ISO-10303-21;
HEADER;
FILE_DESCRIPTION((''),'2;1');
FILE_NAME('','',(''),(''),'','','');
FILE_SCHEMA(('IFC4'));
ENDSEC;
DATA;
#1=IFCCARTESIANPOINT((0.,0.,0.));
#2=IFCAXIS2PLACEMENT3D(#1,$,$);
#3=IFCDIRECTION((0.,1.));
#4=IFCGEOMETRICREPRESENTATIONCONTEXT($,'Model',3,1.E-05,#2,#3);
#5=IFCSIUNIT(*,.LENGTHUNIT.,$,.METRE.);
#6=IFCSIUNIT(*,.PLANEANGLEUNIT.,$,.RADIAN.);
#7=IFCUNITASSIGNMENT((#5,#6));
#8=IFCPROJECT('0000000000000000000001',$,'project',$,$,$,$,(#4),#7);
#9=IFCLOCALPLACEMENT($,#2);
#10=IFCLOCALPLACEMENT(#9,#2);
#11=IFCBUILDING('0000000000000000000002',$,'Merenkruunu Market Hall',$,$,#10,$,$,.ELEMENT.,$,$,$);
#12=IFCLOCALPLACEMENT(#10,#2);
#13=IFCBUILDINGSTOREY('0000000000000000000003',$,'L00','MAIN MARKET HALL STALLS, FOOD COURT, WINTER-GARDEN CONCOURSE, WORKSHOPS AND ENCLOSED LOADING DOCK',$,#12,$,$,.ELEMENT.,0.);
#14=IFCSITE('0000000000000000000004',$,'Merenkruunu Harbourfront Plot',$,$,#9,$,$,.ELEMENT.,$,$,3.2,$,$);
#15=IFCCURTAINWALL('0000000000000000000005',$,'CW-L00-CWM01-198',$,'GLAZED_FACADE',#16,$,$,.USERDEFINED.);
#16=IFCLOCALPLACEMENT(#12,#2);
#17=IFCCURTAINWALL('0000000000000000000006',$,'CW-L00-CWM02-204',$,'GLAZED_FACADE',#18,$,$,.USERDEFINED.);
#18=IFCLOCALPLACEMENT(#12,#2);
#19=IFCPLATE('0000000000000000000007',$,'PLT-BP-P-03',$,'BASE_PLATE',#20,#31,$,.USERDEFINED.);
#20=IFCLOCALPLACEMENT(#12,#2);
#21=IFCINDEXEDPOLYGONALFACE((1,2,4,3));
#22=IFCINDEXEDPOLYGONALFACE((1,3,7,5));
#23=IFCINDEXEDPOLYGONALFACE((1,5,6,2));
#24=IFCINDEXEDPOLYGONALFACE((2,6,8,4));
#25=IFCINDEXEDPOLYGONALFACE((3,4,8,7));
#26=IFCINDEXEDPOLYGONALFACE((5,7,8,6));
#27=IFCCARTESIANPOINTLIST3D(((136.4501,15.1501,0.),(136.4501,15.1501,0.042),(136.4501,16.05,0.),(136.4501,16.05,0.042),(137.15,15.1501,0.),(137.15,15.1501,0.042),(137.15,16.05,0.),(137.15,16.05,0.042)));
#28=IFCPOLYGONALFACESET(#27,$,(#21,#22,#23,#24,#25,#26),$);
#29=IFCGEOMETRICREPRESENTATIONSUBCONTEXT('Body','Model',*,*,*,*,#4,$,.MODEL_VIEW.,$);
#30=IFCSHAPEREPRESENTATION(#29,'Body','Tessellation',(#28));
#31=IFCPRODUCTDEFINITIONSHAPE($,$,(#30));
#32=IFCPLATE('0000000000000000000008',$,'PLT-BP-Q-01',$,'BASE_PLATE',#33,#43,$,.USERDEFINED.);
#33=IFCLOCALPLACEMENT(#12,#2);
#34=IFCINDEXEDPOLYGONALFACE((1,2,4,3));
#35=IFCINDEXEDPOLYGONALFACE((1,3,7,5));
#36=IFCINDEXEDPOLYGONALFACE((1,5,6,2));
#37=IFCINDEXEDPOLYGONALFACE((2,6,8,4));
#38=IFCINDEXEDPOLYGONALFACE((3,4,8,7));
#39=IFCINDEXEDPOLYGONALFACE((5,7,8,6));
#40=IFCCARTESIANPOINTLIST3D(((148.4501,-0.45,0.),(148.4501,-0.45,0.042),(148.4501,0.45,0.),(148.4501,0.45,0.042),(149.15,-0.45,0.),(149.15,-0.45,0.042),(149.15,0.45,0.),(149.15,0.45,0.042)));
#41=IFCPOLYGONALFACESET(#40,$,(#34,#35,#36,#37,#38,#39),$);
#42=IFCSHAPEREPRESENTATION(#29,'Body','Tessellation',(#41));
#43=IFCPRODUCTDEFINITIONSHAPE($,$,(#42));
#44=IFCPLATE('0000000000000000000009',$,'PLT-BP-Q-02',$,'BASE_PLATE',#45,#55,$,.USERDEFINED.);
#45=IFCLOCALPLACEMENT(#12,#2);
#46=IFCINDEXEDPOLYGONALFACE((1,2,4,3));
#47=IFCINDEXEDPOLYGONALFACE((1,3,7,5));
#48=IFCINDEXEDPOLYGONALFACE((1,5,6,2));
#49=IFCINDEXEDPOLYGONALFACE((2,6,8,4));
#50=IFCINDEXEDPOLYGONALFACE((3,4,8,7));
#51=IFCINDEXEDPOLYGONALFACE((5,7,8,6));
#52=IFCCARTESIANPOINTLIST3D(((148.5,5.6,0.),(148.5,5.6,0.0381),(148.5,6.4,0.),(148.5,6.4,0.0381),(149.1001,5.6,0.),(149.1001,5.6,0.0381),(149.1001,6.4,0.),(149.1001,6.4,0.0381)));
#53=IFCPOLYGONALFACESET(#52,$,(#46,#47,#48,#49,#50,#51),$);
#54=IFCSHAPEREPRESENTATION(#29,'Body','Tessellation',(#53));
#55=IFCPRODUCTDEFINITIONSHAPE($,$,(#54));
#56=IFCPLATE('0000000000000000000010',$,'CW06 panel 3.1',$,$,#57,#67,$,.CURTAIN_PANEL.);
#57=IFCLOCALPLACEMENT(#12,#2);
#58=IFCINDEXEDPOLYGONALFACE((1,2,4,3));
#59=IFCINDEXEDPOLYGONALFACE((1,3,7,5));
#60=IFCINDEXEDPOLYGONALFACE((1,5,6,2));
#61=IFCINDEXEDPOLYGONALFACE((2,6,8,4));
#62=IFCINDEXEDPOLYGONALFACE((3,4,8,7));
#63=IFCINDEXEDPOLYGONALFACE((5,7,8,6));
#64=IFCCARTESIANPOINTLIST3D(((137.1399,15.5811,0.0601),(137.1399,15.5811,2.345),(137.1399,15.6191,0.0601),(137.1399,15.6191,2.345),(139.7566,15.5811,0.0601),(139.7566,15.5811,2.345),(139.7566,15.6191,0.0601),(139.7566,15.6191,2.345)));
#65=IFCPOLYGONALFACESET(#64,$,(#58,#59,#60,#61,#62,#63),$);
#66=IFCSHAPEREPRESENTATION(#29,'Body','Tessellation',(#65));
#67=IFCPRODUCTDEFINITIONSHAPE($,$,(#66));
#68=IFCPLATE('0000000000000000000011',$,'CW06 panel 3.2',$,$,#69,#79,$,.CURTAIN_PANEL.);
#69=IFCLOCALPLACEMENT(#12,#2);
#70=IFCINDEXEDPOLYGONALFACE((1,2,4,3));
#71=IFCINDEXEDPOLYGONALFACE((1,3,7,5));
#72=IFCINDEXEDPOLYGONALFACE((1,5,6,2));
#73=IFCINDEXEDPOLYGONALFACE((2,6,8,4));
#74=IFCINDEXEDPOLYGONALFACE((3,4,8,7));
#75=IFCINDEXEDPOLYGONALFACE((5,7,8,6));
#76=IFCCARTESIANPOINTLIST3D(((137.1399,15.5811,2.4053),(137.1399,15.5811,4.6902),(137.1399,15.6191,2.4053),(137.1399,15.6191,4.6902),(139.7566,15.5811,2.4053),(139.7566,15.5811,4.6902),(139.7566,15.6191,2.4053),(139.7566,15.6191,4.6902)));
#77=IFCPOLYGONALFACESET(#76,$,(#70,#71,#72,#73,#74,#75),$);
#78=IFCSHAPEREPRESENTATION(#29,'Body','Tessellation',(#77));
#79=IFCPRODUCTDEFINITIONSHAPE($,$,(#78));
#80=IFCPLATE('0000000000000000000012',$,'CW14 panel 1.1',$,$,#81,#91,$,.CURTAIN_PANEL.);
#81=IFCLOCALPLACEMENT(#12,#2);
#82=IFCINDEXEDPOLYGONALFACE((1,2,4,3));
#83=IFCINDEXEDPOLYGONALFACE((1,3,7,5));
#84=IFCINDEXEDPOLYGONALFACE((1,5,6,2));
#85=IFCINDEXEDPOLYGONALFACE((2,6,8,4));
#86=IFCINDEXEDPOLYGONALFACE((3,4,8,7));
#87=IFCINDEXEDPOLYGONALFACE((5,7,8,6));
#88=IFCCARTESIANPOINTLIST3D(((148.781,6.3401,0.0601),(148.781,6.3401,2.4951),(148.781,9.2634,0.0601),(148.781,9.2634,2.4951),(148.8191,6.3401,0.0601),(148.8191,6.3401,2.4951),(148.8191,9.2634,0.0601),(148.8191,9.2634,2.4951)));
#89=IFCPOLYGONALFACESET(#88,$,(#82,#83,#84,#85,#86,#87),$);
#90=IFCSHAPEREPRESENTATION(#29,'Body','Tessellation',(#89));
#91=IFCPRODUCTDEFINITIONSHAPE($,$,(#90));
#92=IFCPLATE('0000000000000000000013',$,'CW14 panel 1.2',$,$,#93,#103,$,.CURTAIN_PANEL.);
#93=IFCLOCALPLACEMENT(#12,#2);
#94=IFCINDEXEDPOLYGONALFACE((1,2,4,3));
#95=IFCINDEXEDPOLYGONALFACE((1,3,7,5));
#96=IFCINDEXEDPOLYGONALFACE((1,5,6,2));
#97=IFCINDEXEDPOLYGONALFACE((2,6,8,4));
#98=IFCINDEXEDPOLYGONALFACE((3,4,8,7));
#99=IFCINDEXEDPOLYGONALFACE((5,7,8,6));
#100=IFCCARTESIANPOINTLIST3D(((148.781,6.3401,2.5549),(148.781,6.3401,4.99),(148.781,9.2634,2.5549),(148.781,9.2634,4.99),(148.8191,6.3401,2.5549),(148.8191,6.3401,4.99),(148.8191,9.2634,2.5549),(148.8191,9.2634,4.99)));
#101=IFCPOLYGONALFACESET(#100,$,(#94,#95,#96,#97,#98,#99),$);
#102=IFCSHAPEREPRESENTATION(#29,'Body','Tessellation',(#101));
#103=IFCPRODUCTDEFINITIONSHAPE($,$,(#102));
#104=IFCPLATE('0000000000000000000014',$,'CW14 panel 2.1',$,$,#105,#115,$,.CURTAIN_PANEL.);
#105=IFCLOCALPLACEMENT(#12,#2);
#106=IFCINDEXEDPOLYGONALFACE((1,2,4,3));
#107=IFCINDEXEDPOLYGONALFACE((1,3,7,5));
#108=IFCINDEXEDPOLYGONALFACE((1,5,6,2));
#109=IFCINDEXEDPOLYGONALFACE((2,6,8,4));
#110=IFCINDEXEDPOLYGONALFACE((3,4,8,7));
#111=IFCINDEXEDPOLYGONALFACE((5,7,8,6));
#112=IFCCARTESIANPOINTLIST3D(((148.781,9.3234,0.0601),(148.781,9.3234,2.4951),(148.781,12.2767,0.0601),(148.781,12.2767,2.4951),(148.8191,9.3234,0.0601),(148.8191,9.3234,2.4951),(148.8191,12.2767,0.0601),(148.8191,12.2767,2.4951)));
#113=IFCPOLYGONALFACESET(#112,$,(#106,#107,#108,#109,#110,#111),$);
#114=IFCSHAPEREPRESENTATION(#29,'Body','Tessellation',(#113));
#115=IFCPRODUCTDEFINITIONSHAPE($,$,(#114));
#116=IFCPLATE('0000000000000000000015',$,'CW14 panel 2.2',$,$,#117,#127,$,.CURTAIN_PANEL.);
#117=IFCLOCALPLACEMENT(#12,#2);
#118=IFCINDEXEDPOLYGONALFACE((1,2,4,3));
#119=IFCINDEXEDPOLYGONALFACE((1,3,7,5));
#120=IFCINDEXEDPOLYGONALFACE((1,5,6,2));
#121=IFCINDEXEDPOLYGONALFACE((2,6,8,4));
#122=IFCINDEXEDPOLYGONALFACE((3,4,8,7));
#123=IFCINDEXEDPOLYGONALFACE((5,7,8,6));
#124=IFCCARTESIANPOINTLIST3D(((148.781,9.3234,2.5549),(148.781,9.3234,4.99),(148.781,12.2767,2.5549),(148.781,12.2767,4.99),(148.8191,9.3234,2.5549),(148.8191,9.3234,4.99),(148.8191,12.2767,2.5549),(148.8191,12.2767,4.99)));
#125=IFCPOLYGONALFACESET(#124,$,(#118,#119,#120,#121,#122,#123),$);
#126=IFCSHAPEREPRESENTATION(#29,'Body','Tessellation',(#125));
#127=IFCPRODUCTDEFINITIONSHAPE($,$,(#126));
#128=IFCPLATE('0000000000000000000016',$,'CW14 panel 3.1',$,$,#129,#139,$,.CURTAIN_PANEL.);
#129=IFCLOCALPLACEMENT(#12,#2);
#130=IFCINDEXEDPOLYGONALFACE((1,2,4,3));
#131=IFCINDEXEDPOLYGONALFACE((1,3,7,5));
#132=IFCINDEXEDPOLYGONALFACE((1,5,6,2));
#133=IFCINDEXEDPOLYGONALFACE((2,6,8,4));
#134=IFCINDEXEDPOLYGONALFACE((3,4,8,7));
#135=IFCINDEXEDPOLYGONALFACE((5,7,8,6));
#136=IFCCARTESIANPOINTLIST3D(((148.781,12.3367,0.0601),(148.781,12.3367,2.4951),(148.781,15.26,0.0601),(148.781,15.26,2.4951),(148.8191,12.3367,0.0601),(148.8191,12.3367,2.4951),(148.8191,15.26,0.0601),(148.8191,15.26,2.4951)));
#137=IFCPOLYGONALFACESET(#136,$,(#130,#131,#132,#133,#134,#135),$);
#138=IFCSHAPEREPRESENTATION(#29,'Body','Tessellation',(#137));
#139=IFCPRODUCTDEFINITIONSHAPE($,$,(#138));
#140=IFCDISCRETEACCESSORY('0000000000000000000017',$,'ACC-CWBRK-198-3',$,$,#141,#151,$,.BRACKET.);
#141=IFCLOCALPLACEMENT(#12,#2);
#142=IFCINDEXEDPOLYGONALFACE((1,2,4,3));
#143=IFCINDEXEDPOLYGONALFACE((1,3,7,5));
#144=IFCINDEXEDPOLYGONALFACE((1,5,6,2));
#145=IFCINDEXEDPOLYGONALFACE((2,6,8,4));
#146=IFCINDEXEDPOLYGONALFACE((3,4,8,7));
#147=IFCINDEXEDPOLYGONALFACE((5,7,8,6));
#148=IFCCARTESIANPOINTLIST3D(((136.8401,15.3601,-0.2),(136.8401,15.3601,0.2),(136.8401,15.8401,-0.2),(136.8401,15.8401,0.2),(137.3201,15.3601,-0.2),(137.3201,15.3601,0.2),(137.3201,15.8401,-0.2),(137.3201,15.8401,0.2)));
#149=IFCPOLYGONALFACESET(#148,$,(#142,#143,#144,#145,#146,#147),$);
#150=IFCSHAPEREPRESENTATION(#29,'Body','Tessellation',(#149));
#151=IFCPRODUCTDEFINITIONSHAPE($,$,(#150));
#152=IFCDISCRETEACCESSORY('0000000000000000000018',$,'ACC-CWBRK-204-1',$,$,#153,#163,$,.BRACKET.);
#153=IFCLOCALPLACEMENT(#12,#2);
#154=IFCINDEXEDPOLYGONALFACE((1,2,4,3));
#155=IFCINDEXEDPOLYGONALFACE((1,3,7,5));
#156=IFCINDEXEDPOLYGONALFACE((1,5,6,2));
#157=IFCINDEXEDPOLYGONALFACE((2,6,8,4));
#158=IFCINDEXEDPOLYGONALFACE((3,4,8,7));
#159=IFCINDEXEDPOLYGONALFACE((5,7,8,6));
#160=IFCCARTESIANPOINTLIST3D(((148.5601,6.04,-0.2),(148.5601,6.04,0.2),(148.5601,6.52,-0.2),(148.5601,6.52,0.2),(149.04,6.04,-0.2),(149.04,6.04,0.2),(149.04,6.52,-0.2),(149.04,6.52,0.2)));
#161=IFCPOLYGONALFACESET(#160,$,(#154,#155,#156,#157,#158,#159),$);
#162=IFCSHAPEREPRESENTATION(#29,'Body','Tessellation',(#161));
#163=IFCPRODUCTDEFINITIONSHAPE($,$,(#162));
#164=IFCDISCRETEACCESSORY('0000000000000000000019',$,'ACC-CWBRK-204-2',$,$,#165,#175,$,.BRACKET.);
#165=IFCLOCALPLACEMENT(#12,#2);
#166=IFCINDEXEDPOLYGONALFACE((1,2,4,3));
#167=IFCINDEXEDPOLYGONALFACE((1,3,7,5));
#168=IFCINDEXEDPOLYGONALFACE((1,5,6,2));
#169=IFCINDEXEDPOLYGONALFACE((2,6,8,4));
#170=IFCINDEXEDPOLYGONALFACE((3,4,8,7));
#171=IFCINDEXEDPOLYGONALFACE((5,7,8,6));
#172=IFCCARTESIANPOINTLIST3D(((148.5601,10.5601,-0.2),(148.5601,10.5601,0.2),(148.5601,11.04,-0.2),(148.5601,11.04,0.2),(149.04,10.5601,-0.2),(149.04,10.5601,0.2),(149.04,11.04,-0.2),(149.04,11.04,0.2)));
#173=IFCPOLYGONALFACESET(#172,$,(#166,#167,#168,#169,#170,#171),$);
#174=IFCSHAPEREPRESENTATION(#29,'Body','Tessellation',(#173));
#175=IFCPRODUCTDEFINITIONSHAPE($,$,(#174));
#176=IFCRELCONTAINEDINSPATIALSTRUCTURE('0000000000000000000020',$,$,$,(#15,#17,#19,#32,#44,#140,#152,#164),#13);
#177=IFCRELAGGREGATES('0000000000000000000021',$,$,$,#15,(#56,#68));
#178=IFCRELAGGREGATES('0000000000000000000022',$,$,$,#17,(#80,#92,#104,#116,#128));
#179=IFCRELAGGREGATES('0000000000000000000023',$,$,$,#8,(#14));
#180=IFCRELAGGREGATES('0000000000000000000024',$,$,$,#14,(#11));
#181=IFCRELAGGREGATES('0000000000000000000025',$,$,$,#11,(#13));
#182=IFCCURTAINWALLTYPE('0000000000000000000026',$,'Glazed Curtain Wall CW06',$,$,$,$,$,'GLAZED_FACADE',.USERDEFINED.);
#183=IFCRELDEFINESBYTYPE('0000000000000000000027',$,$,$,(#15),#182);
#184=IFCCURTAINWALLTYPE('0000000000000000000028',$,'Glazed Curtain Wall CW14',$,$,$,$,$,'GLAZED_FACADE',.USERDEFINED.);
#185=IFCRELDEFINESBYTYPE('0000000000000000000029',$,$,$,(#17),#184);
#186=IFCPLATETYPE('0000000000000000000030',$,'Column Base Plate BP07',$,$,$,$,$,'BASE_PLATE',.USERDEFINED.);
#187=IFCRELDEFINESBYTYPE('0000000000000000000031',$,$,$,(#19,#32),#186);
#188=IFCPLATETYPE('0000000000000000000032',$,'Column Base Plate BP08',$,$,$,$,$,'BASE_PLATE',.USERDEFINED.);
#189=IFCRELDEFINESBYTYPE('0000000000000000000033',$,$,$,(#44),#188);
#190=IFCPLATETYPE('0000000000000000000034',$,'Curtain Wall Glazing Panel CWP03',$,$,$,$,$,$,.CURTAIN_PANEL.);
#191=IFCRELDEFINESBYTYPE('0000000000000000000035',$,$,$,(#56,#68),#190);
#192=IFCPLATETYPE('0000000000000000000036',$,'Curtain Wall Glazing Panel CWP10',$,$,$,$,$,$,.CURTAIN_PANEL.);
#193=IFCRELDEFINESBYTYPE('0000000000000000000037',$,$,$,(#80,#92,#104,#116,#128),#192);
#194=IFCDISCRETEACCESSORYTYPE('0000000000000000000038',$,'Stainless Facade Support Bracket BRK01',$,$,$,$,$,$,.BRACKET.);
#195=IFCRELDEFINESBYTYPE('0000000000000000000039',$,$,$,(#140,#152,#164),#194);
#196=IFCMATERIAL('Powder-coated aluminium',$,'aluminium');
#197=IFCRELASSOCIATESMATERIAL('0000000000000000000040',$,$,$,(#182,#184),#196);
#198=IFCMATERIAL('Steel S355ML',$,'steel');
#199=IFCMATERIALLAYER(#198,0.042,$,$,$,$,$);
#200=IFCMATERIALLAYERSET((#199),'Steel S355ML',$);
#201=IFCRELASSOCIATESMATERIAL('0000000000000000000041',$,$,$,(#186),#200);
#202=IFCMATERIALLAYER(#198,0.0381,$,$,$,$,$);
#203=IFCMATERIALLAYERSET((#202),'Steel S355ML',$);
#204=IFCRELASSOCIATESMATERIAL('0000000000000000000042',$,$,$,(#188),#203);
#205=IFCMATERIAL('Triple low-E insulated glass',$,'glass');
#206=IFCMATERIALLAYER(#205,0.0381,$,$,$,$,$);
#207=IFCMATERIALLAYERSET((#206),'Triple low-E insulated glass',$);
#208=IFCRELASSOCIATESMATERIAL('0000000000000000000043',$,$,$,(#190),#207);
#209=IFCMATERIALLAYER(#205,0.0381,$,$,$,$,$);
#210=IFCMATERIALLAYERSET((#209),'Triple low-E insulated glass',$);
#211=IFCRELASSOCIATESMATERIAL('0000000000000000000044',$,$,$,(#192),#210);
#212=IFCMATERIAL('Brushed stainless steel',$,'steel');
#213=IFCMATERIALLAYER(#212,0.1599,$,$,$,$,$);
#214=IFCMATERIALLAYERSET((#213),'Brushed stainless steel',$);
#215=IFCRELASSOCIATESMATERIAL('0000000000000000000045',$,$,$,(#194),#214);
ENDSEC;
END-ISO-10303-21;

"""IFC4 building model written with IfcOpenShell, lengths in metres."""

from ifc_helpers import new_model, si_unit, direction, frame, origin, origin_2d, place, context, subcontext, project, spatial, rectangle, extrude, material, layer, layer_set, type_object, element, aggregate, save


model = new_model("IFC4")

# Units and contexts
model_context = context("Model", 3, precision=1e-05, world=origin(), true_north=direction((0.0, 1.0)))
body_context = subcontext(model_context, "Body", "Model", "MODEL_VIEW")
ifc_project = project(units=[si_unit("LENGTHUNIT", "METRE"), si_unit("PLANEANGLEUNIT", "RADIAN")], contexts=[model_context])

# Site, building, storey
site_placement = place(None, origin())
site = spatial("IfcSite", under=ifc_project, at=site_placement, Name="Merenkruunu Harbourfront Plot", CompositionType="ELEMENT", RefElevation=3.2)
building_placement = place(site_placement, origin())
building = spatial("IfcBuilding", under=site, at=building_placement, Name="Merenkruunu Market Hall", CompositionType="ELEMENT")
storey_placement = place(building_placement, origin())
storey = spatial("IfcBuildingStorey", under=building, at=storey_placement, Name="L00", Description="MAIN MARKET HALL STALLS, FOOD COURT, WINTER-GARDEN CONCOURSE, WORKSHOPS AND ENCLOSED LOADING DOCK", CompositionType="ELEMENT", Elevation=0.0)

# Curtain wall
ifc_material_1 = material(Name="Powder-coated aluminium", Category="aluminium")
curtain_wall_type_1 = type_object("IfcCurtainWallType", Name="Glazed Curtain Wall CW06", ElementType="GLAZED_FACADE", PredefinedType="USERDEFINED", material=ifc_material_1)
curtain_wall_1_placement = place(storey_placement, origin())
curtain_wall_1 = element("IfcCurtainWall", 1, at=curtain_wall_1_placement, inside=storey, type_object=curtain_wall_type_1, Name="CW-L00-CWM01-198", ObjectType="GLAZED_FACADE", PredefinedType="USERDEFINED")

# Curtain wall
curtain_wall_type_2 = type_object("IfcCurtainWallType", Name="Glazed Curtain Wall CW14", ElementType="GLAZED_FACADE", PredefinedType="USERDEFINED", material=ifc_material_1)
curtain_wall_2_placement = place(storey_placement, origin())
curtain_wall_2 = element("IfcCurtainWall", 2, at=curtain_wall_2_placement, inside=storey, type_object=curtain_wall_type_2, Name="CW-L00-CWM02-204", ObjectType="GLAZED_FACADE", PredefinedType="USERDEFINED")

# Shared definitions
ifc_material_2 = material(Name="Steel S355ML", Category="steel")

# Plates
ifc_layer_1 = layer(ifc_material_2, 0.042)
ifc_layer_set_1 = layer_set([ifc_layer_1], Name="Steel S355ML")
plate_type_1 = type_object("IfcPlateType", Name="Column Base Plate BP07", ElementType="BASE_PLATE", PredefinedType="USERDEFINED", material=ifc_layer_set_1)
for number, where, z_axis, x_axis, name in (
    (3, (136.8, 15.6001, 0.0), (0.0, 0.0, 1.0), (1.0, 0.0, 0.0), "PLT-BP-P-03"),
    (4, (148.8, 0.0, 0.0), (0.0, 0.0, 1.0), (1.0, 0.0, 0.0), "PLT-BP-Q-01"),
):
    element("IfcPlate", number, at=place(storey_placement, frame(where, z_axis=z_axis, x_axis=x_axis)), inside=storey, type_object=plate_type_1, Name=name, ObjectType="BASE_PLATE", PredefinedType="USERDEFINED", context=body_context, shape_type="SweptSolid", body=[
        extrude(rectangle(XDim=0.7, YDim=0.8999, at=origin_2d()), origin(), (0.0, 0.0, 1.0), 0.042),
    ])
ifc_layer_2 = layer(ifc_material_2, 0.0381)
ifc_layer_set_2 = layer_set([ifc_layer_2], Name="Steel S355ML")
plate_type_2 = type_object("IfcPlateType", Name="Column Base Plate BP08", ElementType="BASE_PLATE", PredefinedType="USERDEFINED", material=ifc_layer_set_2)
plate_1_placement = place(storey_placement, frame((148.8, 6.0, 0.0), z_axis=(0.0, 0.0, 1.0), x_axis=(1.0, 0.0, 0.0)))
element("IfcPlate", 5, at=plate_1_placement, inside=storey, type_object=plate_type_2, Name="PLT-BP-Q-02", ObjectType="BASE_PLATE", PredefinedType="USERDEFINED", context=body_context, shape_type="SweptSolid", body=[
    extrude(rectangle(XDim=0.6001, YDim=0.8, at=origin_2d()), origin(), (0.0, 0.0, 1.0), 0.0381),
])

# Plates
ifc_material_3 = material(Name="Triple low-E insulated glass", Category="glass")
ifc_layer_3 = layer(ifc_material_3, 0.0381)
ifc_layer_set_3 = layer_set([ifc_layer_3], Name="Triple low-E insulated glass")
plate_type_3 = type_object("IfcPlateType", Name="Curtain Wall Glazing Panel CWP03", PredefinedType="CURTAIN_PANEL", material=ifc_layer_set_3)
plate_2_placement = place(storey_placement, frame((138.4482, 15.6001, 0.0601), z_axis=(0.0, 0.0, 1.0), x_axis=(-1.0, 0.0, 0.0)))
plate_2 = element("IfcPlate", 6, at=plate_2_placement, type_object=plate_type_3, Name="CW06 panel 3.1", PredefinedType="CURTAIN_PANEL", context=body_context, shape_type="SweptSolid", body=[
    extrude(rectangle(XDim=2.6167, YDim=0.0381, at=origin_2d()), origin(), (0.0, 0.0, 1.0), 2.2849),
])
plate_3_placement = place(storey_placement, frame((138.4482, 15.6001, 2.4053), z_axis=(0.0, 0.0, 1.0), x_axis=(-1.0, 0.0, 0.0)))
plate_3 = element("IfcPlate", 7, at=plate_3_placement, type_object=plate_type_3, Name="CW06 panel 3.2", PredefinedType="CURTAIN_PANEL", context=body_context, shape_type="SweptSolid", body=[
    extrude(rectangle(XDim=2.6167, YDim=0.0381, at=origin_2d()), origin(), (0.0, 0.0, 1.0), 2.2849),
])
aggregate(curtain_wall_1, [plate_2, plate_3])
ifc_layer_4 = layer(ifc_material_3, 0.0381)
ifc_layer_set_4 = layer_set([ifc_layer_4], Name="Triple low-E insulated glass")
plate_type_4 = type_object("IfcPlateType", Name="Curtain Wall Glazing Panel CWP10", PredefinedType="CURTAIN_PANEL", material=ifc_layer_set_4)
plate_4_placement = place(storey_placement, frame((148.8, 7.8018, 0.0601), z_axis=(0.0, 0.0, 1.0), x_axis=(0.0, 1.0, 0.0)))
plate_4 = element("IfcPlate", 8, at=plate_4_placement, type_object=plate_type_4, Name="CW14 panel 1.1", PredefinedType="CURTAIN_PANEL", context=body_context, shape_type="SweptSolid", body=[
    extrude(rectangle(XDim=2.9233, YDim=0.0381, at=origin_2d()), origin(), (0.0, 0.0, 1.0), 2.4351),
])
plate_5_placement = place(storey_placement, frame((148.8, 7.8018, 2.5549), z_axis=(0.0, 0.0, 1.0), x_axis=(0.0, 1.0, 0.0)))
plate_5 = element("IfcPlate", 9, at=plate_5_placement, type_object=plate_type_4, Name="CW14 panel 1.2", PredefinedType="CURTAIN_PANEL", context=body_context, shape_type="SweptSolid", body=[
    extrude(rectangle(XDim=2.9233, YDim=0.0381, at=origin_2d()), origin(), (0.0, 0.0, 1.0), 2.4351),
])
plate_6_placement = place(storey_placement, frame((148.8, 10.8, 0.0601), z_axis=(0.0, 0.0, 1.0), x_axis=(0.0, 1.0, 0.0)))
plate_6 = element("IfcPlate", 10, at=plate_6_placement, type_object=plate_type_4, Name="CW14 panel 2.1", PredefinedType="CURTAIN_PANEL", context=body_context, shape_type="SweptSolid", body=[
    extrude(rectangle(XDim=2.9534, YDim=0.0381, at=origin_2d()), origin(), (0.0, 0.0, 1.0), 2.4351),
])
plate_7_placement = place(storey_placement, frame((148.8, 10.8, 2.5549), z_axis=(0.0, 0.0, 1.0), x_axis=(0.0, 1.0, 0.0)))
plate_7 = element("IfcPlate", 11, at=plate_7_placement, type_object=plate_type_4, Name="CW14 panel 2.2", PredefinedType="CURTAIN_PANEL", context=body_context, shape_type="SweptSolid", body=[
    extrude(rectangle(XDim=2.9534, YDim=0.0381, at=origin_2d()), origin(), (0.0, 0.0, 1.0), 2.4351),
])
plate_8_placement = place(storey_placement, frame((148.8, 13.7983, 0.0601), z_axis=(0.0, 0.0, 1.0), x_axis=(0.0, 1.0, 0.0)))
plate_8 = element("IfcPlate", 12, at=plate_8_placement, type_object=plate_type_4, Name="CW14 panel 3.1", PredefinedType="CURTAIN_PANEL", context=body_context, shape_type="SweptSolid", body=[
    extrude(rectangle(XDim=2.9233, YDim=0.0381, at=origin_2d()), origin(), (0.0, 0.0, 1.0), 2.4351),
])
aggregate(curtain_wall_2, [plate_4, plate_5, plate_6, plate_7, plate_8])

# Discrete accessories
ifc_material_4 = material(Name="Brushed stainless steel", Category="steel")
ifc_layer_5 = layer(ifc_material_4, 0.1599)
ifc_layer_set_5 = layer_set([ifc_layer_5], Name="Brushed stainless steel")
discrete_accessory_type = type_object("IfcDiscreteAccessoryType", Name="Stainless Facade Support Bracket BRK01", PredefinedType="BRACKET", material=ifc_layer_set_5)
for number, where, z_axis, x_axis, name in (
    (13, (137.0801, 15.6001, -0.2), (0.0, 0.0, 1.0), (1.0, 0.0, 0.0), "ACC-CWBRK-198-3"),
    (14, (148.8, 6.28, -0.2), (0.0, 0.0, 1.0), (1.0, 0.0, 0.0), "ACC-CWBRK-204-1"),
    (15, (148.8, 10.8, -0.2), (0.0, 0.0, 1.0), (1.0, 0.0, 0.0), "ACC-CWBRK-204-2"),
):
    element("IfcDiscreteAccessory", number, at=place(storey_placement, frame(where, z_axis=z_axis, x_axis=x_axis)), inside=storey, type_object=discrete_accessory_type, Name=name, PredefinedType="BRACKET", context=body_context, shape_type="SweptSolid", body=[
        extrude(rectangle(XDim=0.48, YDim=0.48, at=origin_2d()), origin(), (0.0, 0.0, 1.0), 0.3999),
    ])

save(model, "model.ifc")
